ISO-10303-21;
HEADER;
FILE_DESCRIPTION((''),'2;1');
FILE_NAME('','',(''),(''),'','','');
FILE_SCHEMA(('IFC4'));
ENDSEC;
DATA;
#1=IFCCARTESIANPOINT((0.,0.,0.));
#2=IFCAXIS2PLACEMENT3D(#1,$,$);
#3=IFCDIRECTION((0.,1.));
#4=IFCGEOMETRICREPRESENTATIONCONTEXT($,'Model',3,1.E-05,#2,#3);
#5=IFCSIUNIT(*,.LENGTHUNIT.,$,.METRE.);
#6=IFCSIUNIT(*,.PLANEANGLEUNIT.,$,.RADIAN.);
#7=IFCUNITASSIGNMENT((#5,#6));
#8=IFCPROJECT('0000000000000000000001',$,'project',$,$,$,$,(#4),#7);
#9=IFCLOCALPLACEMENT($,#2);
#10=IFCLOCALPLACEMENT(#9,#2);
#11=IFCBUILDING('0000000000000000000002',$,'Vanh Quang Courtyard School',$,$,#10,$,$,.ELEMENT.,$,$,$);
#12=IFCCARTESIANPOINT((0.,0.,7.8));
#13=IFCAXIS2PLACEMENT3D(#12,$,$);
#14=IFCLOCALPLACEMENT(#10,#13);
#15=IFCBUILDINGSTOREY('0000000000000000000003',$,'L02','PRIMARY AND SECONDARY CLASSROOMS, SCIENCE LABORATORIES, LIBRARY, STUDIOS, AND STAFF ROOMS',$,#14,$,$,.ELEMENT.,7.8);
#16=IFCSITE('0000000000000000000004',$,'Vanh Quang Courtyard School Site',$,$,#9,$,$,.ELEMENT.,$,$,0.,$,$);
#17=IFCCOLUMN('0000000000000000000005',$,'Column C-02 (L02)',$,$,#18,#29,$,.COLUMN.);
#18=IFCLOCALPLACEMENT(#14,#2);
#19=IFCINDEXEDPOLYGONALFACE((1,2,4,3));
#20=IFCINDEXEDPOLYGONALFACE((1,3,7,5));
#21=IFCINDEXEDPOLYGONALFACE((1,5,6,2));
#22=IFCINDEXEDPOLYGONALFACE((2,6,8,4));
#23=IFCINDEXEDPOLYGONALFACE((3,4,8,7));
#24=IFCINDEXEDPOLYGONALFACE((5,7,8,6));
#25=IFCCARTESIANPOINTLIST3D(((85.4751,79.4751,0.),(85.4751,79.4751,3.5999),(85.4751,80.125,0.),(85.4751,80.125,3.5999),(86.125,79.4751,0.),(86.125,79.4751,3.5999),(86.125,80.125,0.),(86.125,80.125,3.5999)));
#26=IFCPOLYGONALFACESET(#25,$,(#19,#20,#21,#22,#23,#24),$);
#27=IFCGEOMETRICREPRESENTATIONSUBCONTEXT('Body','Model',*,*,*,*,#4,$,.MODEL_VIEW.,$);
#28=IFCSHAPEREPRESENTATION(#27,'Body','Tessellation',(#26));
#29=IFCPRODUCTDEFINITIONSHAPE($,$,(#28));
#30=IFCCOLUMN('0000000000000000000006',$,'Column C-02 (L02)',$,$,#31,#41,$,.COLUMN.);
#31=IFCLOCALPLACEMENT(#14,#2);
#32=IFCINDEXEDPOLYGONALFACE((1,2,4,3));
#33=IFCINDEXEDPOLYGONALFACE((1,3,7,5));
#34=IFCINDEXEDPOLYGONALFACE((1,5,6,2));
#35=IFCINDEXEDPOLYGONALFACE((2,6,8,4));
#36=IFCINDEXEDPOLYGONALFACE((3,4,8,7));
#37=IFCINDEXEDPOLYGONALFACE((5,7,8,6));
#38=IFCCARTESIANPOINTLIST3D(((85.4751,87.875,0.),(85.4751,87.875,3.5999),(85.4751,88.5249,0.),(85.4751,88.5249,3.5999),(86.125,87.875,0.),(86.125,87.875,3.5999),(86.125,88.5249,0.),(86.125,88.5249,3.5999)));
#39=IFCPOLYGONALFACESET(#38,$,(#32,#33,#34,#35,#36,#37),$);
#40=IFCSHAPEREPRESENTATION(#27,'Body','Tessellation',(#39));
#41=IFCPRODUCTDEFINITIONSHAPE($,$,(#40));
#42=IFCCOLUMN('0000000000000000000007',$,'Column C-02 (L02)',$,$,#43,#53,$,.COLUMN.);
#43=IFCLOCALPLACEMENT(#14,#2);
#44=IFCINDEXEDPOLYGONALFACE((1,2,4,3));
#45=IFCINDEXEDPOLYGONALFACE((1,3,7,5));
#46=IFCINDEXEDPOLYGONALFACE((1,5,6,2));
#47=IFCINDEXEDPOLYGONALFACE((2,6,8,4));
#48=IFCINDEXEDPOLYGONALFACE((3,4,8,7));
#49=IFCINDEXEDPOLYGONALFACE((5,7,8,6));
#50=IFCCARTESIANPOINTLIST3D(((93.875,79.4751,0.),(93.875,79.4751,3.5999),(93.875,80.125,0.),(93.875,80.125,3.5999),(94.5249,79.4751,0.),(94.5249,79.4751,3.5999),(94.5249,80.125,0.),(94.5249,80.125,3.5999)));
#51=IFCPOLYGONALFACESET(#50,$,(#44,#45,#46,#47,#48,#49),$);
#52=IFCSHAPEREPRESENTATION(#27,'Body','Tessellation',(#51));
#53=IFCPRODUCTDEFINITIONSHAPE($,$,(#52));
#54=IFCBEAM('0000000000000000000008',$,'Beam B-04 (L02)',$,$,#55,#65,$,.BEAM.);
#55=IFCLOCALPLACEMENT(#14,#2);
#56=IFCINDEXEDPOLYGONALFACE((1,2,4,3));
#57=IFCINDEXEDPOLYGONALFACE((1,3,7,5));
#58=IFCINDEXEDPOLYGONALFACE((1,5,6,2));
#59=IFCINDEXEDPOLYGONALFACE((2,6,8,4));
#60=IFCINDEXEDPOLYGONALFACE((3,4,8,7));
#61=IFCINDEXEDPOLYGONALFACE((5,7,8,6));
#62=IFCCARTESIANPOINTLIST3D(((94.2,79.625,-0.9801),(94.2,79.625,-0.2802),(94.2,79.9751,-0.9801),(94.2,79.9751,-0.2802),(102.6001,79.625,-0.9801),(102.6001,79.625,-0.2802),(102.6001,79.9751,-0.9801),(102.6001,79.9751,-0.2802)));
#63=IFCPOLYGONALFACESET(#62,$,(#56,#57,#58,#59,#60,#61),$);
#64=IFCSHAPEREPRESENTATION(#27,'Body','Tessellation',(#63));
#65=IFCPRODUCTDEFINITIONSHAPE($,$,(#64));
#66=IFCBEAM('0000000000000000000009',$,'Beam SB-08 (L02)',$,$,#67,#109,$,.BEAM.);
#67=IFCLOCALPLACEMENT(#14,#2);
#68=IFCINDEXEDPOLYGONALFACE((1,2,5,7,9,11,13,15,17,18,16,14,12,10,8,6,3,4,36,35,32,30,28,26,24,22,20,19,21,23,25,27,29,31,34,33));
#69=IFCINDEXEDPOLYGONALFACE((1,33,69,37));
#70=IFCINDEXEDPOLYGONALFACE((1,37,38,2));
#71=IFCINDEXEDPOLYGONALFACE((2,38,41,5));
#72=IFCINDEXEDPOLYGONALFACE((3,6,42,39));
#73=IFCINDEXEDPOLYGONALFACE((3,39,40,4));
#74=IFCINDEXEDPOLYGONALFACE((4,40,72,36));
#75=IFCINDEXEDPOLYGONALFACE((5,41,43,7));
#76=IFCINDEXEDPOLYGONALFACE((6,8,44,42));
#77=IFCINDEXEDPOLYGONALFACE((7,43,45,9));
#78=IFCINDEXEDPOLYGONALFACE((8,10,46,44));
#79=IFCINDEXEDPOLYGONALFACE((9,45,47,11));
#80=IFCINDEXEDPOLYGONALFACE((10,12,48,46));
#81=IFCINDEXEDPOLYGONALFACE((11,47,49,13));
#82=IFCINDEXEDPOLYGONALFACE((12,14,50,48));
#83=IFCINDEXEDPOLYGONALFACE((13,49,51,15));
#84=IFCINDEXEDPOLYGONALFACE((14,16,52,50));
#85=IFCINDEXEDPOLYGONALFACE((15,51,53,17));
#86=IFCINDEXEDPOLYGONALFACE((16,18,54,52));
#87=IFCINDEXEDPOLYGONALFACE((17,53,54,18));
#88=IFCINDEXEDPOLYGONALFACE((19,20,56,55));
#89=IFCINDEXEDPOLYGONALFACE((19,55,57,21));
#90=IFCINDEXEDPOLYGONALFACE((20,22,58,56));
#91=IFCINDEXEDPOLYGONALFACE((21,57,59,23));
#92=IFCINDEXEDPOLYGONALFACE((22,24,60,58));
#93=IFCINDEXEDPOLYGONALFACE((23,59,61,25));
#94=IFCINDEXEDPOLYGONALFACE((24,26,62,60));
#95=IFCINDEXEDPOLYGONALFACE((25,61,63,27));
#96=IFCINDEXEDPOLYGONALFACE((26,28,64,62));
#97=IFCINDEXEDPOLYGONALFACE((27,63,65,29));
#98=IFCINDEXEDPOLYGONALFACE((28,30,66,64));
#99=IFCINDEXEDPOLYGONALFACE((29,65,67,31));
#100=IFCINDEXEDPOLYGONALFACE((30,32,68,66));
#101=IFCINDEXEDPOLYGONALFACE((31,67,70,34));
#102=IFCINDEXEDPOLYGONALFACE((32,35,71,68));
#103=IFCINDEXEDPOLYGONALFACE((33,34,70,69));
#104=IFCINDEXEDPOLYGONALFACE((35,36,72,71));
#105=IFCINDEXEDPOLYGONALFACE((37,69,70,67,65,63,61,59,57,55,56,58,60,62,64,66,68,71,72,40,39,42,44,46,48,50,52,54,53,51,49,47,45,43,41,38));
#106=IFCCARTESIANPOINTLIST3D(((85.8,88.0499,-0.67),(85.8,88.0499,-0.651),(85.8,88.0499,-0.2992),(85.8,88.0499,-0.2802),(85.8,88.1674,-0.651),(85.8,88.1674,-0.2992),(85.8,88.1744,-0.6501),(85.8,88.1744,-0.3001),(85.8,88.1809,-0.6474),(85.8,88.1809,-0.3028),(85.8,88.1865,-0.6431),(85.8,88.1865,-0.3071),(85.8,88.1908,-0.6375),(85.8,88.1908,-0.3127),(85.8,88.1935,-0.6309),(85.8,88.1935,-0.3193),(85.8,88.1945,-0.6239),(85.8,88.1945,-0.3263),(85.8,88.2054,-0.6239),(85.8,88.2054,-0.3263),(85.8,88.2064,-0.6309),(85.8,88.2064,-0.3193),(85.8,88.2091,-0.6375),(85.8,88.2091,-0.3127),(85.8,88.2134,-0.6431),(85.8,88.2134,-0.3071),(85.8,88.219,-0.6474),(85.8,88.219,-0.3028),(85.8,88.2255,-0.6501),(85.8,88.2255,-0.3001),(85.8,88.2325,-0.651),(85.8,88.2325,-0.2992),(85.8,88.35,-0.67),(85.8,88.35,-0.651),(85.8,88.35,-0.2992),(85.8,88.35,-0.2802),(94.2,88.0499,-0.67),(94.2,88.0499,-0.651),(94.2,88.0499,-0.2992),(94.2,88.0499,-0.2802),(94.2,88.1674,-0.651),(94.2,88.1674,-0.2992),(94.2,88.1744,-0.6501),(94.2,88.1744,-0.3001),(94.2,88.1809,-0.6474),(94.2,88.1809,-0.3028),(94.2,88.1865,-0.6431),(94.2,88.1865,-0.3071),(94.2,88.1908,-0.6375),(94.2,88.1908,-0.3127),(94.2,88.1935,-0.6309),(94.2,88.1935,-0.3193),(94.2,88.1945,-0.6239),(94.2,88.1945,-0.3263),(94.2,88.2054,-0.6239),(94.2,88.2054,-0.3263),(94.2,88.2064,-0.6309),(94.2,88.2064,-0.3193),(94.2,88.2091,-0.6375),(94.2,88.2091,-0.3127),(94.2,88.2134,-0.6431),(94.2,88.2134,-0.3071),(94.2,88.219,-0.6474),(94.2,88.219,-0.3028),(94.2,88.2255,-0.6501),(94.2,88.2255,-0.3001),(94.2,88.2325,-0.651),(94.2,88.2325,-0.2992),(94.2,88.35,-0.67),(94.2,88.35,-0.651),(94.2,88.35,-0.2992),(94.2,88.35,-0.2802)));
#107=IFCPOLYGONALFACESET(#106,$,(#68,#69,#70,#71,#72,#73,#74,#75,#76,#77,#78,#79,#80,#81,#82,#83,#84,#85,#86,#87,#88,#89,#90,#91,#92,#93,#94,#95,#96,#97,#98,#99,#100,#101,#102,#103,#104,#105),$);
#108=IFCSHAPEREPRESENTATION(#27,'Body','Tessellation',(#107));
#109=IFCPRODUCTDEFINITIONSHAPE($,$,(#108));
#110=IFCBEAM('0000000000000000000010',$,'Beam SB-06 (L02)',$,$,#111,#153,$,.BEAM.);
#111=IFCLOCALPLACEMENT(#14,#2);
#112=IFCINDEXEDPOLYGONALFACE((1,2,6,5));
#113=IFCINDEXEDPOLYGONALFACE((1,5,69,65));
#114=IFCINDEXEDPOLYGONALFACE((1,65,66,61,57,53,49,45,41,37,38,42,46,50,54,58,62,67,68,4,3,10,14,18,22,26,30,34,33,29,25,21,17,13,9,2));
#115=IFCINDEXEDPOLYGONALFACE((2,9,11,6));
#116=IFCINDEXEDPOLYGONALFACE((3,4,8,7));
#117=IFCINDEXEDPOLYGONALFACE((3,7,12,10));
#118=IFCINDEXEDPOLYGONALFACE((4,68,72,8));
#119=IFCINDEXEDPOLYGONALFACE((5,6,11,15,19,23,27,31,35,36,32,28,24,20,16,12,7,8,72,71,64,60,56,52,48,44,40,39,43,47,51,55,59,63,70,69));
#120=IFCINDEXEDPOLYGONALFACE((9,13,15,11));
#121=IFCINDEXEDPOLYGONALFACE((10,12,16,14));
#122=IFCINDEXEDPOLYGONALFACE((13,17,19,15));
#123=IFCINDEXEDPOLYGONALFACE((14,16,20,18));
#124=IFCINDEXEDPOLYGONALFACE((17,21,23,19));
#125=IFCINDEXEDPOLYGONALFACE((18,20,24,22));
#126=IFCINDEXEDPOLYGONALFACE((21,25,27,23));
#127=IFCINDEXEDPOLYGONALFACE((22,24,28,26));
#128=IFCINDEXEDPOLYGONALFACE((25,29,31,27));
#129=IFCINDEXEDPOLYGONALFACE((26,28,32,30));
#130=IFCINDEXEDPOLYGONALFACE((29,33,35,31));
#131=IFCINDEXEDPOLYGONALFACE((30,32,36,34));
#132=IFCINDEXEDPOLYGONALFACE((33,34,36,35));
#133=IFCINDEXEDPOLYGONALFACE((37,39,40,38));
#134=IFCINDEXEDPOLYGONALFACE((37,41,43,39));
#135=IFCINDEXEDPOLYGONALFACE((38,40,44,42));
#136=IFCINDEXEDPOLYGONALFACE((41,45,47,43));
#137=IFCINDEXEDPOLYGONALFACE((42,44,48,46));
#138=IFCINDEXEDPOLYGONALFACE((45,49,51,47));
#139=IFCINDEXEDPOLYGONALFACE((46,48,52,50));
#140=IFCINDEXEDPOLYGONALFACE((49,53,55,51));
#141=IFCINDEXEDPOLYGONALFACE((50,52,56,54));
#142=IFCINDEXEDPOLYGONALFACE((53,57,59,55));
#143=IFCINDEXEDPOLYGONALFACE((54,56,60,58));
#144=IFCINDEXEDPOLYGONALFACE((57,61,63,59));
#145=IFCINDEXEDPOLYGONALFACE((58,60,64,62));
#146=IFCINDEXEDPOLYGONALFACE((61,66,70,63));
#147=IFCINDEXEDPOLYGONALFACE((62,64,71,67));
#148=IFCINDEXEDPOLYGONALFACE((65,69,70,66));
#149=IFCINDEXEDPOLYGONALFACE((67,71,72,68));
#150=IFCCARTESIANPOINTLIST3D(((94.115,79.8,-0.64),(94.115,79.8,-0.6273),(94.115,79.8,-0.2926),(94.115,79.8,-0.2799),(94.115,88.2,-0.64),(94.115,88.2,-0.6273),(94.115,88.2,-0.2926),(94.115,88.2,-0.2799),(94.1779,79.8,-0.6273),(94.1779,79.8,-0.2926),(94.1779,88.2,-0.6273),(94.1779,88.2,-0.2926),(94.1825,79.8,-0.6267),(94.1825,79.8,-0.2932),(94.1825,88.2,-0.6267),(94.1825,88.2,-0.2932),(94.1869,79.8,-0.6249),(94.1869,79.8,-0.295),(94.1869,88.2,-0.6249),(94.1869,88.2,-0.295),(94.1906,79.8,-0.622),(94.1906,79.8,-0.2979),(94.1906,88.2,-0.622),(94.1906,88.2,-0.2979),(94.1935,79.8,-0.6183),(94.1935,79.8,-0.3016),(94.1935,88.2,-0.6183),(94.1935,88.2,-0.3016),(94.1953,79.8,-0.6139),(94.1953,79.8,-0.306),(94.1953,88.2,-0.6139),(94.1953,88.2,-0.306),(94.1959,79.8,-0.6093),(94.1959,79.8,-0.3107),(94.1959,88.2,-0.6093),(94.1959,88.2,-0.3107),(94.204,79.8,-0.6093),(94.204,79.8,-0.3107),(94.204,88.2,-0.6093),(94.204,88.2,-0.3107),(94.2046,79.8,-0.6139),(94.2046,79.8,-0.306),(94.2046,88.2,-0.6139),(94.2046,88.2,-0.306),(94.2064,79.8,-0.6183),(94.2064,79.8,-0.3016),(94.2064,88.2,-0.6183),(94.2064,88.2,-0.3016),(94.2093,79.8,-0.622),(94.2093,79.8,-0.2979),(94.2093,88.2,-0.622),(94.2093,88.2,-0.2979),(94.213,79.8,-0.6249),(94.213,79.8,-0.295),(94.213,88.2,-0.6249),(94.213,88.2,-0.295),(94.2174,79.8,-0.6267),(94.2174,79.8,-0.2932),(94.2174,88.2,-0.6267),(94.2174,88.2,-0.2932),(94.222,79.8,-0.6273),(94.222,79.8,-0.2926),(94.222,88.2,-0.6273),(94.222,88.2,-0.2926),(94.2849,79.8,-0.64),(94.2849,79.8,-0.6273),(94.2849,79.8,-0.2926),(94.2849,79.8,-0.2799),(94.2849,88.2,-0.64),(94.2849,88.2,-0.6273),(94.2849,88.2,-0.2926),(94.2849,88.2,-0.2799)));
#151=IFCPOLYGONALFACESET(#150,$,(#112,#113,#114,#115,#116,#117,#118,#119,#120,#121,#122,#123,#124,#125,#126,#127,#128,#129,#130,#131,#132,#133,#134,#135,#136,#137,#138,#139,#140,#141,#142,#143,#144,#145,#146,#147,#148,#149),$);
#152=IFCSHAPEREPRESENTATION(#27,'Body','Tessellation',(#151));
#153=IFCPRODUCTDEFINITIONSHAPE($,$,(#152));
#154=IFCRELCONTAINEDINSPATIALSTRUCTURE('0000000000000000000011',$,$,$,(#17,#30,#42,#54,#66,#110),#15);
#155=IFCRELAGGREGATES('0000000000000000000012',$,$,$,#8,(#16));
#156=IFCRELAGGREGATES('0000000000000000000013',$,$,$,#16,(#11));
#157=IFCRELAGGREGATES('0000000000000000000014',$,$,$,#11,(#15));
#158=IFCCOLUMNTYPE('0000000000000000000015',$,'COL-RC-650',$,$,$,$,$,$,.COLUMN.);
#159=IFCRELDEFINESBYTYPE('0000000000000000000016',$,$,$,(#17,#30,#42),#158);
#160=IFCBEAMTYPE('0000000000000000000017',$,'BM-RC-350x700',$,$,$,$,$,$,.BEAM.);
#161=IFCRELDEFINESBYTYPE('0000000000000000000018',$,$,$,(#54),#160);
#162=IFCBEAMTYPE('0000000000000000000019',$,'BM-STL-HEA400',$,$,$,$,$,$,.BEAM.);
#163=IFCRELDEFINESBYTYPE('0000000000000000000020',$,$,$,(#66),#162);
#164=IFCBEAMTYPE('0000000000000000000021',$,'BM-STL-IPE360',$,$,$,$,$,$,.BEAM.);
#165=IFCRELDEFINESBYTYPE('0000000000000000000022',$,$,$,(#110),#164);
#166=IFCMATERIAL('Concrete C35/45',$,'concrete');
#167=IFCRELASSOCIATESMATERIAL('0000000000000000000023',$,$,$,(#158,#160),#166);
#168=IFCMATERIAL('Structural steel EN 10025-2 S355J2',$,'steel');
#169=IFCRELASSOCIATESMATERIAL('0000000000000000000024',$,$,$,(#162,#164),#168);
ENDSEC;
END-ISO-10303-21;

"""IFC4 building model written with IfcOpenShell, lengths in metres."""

from ifc_helpers import new_model, si_unit, direction, frame, origin, origin_2d, place, context, subcontext, project, spatial, rectangle, i_section, extrude, material, material_profile, profile_set, type_object, element, save


model = new_model("IFC4")

# Units and contexts
model_context = context("Model", 3, precision=1e-05, world=origin(), true_north=direction((0.0, 1.0)))
body_context = subcontext(model_context, "Body", "Model", "MODEL_VIEW")
ifc_project = project(units=[si_unit("LENGTHUNIT", "METRE"), si_unit("PLANEANGLEUNIT", "RADIAN")], contexts=[model_context])

# Site, building, storey
site_placement = place(None, origin())
site = spatial("IfcSite", under=ifc_project, at=site_placement, Name="Vanh Quang Courtyard School Site", CompositionType="ELEMENT", RefElevation=0.0)
building_placement = place(site_placement, origin())
building = spatial("IfcBuilding", under=site, at=building_placement, Name="Vanh Quang Courtyard School", CompositionType="ELEMENT")
storey_placement = place(building_placement, frame((0.0, 0.0, 7.8)))
storey = spatial("IfcBuildingStorey", under=building, at=storey_placement, Name="L02", Description="PRIMARY AND SECONDARY CLASSROOMS, SCIENCE LABORATORIES, LIBRARY, STUDIOS, AND STAFF ROOMS", CompositionType="ELEMENT", Elevation=7.8)

# Columns
ifc_material_1 = material(Name="Concrete C35/45", Category="concrete")
ifc_material_profile_1 = material_profile(ifc_material_1, rectangle(XDim=0.6499, YDim=0.6499, at=origin_2d()), Name="RC-COL 650x650")
ifc_profile_set_1 = profile_set([ifc_material_profile_1], Name="Concrete C35/45")
column_type = type_object("IfcColumnType", Name="COL-RC-650", PredefinedType="COLUMN", material=ifc_profile_set_1)
for number, where, z_axis, x_axis, name in (
    (1, (85.8, 79.8, 0.0), (0.0, 0.0, 1.0), (1.0, 0.0, 0.0), "Column C-02 (L02)"),
    (2, (85.8, 88.2, 0.0), (0.0, 0.0, 1.0), (1.0, 0.0, 0.0), "Column C-02 (L02)"),
    (3, (94.2, 79.8, 0.0), (0.0, 0.0, 1.0), (1.0, 0.0, 0.0), "Column C-02 (L02)"),
):
    element("IfcColumn", number, at=place(storey_placement, frame(where, z_axis=z_axis, x_axis=x_axis)), inside=storey, type_object=column_type, Name=name, PredefinedType="COLUMN", context=body_context, shape_type="SweptSolid", body=[
        extrude(rectangle(XDim=0.6499, YDim=0.6499, at=origin_2d()), origin(), (0.0, 0.0, 1.0), 3.5999),
    ])

# Beams
ifc_material_profile_2 = material_profile(ifc_material_1, rectangle(XDim=0.3501, YDim=0.7, at=origin_2d()), Name="RC-BM 350x700")
ifc_profile_set_2 = profile_set([ifc_material_profile_2], Name="Concrete C35/45")
beam_type_1 = type_object("IfcBeamType", Name="BM-RC-350x700", PredefinedType="BEAM", material=ifc_profile_set_2)
beam_1_placement = place(storey_placement, frame((94.2, 79.8, -0.6301), z_axis=(1.0, 0.0, 0.0), x_axis=(0.0, 1.0, 0.0)))
element("IfcBeam", 4, at=beam_1_placement, inside=storey, type_object=beam_type_1, Name="Beam B-04 (L02)", PredefinedType="BEAM", context=body_context, shape_type="SweptSolid", body=[
    extrude(rectangle(XDim=0.3501, YDim=0.7, at=origin_2d()), origin(), (0.0, 0.0, 1.0), 8.4001),
])
ifc_material_2 = material(Name="Structural steel EN 10025-2 S355J2", Category="steel")
ifc_material_profile_3 = material_profile(ifc_material_2, i_section(OverallWidth=0.3, OverallDepth=0.3899, WebThickness=0.011, FlangeThickness=0.019, FilletRadius=0.0271, at=origin_2d()), Name="HEA 400")
ifc_profile_set_3 = profile_set([ifc_material_profile_3], Name="Structural steel EN 10025-2 S355J2")
beam_type_2 = type_object("IfcBeamType", Name="BM-STL-HEA400", PredefinedType="BEAM", material=ifc_profile_set_3)
beam_2_placement = place(storey_placement, frame((85.8, 88.2, -0.4751), z_axis=(1.0, 0.0, 0.0), x_axis=(0.0, 1.0, 0.0)))
element("IfcBeam", 5, at=beam_2_placement, inside=storey, type_object=beam_type_2, Name="Beam SB-08 (L02)", PredefinedType="BEAM", context=body_context, shape_type="SweptSolid", body=[
    extrude(i_section(OverallWidth=0.3, OverallDepth=0.3899, WebThickness=0.011, FlangeThickness=0.019, FilletRadius=0.0271, at=origin_2d()), origin(), (0.0, 0.0, 1.0), 8.3999),
])
ifc_material_profile_4 = material_profile(ifc_material_2, i_section(OverallWidth=0.1699, OverallDepth=0.3601, WebThickness=0.0081, FlangeThickness=0.0127, FilletRadius=0.0181, at=origin_2d()), Name="IPE 360")
ifc_profile_set_4 = profile_set([ifc_material_profile_4], Name="Structural steel EN 10025-2 S355J2")
beam_type_3 = type_object("IfcBeamType", Name="BM-STL-IPE360", PredefinedType="BEAM", material=ifc_profile_set_4)
beam_3_placement = place(storey_placement, frame((94.2, 79.8, -0.46), z_axis=(0.0, 1.0, 0.0), x_axis=(-1.0, 0.0, 0.0)))
element("IfcBeam", 6, at=beam_3_placement, inside=storey, type_object=beam_type_3, Name="Beam SB-06 (L02)", PredefinedType="BEAM", context=body_context, shape_type="SweptSolid", body=[
    extrude(i_section(OverallWidth=0.1699, OverallDepth=0.3601, WebThickness=0.0081, FlangeThickness=0.0127, FilletRadius=0.0181, at=origin_2d()), origin(), (0.0, 0.0, 1.0), 8.3999),
])

save(model, "model.ifc")
